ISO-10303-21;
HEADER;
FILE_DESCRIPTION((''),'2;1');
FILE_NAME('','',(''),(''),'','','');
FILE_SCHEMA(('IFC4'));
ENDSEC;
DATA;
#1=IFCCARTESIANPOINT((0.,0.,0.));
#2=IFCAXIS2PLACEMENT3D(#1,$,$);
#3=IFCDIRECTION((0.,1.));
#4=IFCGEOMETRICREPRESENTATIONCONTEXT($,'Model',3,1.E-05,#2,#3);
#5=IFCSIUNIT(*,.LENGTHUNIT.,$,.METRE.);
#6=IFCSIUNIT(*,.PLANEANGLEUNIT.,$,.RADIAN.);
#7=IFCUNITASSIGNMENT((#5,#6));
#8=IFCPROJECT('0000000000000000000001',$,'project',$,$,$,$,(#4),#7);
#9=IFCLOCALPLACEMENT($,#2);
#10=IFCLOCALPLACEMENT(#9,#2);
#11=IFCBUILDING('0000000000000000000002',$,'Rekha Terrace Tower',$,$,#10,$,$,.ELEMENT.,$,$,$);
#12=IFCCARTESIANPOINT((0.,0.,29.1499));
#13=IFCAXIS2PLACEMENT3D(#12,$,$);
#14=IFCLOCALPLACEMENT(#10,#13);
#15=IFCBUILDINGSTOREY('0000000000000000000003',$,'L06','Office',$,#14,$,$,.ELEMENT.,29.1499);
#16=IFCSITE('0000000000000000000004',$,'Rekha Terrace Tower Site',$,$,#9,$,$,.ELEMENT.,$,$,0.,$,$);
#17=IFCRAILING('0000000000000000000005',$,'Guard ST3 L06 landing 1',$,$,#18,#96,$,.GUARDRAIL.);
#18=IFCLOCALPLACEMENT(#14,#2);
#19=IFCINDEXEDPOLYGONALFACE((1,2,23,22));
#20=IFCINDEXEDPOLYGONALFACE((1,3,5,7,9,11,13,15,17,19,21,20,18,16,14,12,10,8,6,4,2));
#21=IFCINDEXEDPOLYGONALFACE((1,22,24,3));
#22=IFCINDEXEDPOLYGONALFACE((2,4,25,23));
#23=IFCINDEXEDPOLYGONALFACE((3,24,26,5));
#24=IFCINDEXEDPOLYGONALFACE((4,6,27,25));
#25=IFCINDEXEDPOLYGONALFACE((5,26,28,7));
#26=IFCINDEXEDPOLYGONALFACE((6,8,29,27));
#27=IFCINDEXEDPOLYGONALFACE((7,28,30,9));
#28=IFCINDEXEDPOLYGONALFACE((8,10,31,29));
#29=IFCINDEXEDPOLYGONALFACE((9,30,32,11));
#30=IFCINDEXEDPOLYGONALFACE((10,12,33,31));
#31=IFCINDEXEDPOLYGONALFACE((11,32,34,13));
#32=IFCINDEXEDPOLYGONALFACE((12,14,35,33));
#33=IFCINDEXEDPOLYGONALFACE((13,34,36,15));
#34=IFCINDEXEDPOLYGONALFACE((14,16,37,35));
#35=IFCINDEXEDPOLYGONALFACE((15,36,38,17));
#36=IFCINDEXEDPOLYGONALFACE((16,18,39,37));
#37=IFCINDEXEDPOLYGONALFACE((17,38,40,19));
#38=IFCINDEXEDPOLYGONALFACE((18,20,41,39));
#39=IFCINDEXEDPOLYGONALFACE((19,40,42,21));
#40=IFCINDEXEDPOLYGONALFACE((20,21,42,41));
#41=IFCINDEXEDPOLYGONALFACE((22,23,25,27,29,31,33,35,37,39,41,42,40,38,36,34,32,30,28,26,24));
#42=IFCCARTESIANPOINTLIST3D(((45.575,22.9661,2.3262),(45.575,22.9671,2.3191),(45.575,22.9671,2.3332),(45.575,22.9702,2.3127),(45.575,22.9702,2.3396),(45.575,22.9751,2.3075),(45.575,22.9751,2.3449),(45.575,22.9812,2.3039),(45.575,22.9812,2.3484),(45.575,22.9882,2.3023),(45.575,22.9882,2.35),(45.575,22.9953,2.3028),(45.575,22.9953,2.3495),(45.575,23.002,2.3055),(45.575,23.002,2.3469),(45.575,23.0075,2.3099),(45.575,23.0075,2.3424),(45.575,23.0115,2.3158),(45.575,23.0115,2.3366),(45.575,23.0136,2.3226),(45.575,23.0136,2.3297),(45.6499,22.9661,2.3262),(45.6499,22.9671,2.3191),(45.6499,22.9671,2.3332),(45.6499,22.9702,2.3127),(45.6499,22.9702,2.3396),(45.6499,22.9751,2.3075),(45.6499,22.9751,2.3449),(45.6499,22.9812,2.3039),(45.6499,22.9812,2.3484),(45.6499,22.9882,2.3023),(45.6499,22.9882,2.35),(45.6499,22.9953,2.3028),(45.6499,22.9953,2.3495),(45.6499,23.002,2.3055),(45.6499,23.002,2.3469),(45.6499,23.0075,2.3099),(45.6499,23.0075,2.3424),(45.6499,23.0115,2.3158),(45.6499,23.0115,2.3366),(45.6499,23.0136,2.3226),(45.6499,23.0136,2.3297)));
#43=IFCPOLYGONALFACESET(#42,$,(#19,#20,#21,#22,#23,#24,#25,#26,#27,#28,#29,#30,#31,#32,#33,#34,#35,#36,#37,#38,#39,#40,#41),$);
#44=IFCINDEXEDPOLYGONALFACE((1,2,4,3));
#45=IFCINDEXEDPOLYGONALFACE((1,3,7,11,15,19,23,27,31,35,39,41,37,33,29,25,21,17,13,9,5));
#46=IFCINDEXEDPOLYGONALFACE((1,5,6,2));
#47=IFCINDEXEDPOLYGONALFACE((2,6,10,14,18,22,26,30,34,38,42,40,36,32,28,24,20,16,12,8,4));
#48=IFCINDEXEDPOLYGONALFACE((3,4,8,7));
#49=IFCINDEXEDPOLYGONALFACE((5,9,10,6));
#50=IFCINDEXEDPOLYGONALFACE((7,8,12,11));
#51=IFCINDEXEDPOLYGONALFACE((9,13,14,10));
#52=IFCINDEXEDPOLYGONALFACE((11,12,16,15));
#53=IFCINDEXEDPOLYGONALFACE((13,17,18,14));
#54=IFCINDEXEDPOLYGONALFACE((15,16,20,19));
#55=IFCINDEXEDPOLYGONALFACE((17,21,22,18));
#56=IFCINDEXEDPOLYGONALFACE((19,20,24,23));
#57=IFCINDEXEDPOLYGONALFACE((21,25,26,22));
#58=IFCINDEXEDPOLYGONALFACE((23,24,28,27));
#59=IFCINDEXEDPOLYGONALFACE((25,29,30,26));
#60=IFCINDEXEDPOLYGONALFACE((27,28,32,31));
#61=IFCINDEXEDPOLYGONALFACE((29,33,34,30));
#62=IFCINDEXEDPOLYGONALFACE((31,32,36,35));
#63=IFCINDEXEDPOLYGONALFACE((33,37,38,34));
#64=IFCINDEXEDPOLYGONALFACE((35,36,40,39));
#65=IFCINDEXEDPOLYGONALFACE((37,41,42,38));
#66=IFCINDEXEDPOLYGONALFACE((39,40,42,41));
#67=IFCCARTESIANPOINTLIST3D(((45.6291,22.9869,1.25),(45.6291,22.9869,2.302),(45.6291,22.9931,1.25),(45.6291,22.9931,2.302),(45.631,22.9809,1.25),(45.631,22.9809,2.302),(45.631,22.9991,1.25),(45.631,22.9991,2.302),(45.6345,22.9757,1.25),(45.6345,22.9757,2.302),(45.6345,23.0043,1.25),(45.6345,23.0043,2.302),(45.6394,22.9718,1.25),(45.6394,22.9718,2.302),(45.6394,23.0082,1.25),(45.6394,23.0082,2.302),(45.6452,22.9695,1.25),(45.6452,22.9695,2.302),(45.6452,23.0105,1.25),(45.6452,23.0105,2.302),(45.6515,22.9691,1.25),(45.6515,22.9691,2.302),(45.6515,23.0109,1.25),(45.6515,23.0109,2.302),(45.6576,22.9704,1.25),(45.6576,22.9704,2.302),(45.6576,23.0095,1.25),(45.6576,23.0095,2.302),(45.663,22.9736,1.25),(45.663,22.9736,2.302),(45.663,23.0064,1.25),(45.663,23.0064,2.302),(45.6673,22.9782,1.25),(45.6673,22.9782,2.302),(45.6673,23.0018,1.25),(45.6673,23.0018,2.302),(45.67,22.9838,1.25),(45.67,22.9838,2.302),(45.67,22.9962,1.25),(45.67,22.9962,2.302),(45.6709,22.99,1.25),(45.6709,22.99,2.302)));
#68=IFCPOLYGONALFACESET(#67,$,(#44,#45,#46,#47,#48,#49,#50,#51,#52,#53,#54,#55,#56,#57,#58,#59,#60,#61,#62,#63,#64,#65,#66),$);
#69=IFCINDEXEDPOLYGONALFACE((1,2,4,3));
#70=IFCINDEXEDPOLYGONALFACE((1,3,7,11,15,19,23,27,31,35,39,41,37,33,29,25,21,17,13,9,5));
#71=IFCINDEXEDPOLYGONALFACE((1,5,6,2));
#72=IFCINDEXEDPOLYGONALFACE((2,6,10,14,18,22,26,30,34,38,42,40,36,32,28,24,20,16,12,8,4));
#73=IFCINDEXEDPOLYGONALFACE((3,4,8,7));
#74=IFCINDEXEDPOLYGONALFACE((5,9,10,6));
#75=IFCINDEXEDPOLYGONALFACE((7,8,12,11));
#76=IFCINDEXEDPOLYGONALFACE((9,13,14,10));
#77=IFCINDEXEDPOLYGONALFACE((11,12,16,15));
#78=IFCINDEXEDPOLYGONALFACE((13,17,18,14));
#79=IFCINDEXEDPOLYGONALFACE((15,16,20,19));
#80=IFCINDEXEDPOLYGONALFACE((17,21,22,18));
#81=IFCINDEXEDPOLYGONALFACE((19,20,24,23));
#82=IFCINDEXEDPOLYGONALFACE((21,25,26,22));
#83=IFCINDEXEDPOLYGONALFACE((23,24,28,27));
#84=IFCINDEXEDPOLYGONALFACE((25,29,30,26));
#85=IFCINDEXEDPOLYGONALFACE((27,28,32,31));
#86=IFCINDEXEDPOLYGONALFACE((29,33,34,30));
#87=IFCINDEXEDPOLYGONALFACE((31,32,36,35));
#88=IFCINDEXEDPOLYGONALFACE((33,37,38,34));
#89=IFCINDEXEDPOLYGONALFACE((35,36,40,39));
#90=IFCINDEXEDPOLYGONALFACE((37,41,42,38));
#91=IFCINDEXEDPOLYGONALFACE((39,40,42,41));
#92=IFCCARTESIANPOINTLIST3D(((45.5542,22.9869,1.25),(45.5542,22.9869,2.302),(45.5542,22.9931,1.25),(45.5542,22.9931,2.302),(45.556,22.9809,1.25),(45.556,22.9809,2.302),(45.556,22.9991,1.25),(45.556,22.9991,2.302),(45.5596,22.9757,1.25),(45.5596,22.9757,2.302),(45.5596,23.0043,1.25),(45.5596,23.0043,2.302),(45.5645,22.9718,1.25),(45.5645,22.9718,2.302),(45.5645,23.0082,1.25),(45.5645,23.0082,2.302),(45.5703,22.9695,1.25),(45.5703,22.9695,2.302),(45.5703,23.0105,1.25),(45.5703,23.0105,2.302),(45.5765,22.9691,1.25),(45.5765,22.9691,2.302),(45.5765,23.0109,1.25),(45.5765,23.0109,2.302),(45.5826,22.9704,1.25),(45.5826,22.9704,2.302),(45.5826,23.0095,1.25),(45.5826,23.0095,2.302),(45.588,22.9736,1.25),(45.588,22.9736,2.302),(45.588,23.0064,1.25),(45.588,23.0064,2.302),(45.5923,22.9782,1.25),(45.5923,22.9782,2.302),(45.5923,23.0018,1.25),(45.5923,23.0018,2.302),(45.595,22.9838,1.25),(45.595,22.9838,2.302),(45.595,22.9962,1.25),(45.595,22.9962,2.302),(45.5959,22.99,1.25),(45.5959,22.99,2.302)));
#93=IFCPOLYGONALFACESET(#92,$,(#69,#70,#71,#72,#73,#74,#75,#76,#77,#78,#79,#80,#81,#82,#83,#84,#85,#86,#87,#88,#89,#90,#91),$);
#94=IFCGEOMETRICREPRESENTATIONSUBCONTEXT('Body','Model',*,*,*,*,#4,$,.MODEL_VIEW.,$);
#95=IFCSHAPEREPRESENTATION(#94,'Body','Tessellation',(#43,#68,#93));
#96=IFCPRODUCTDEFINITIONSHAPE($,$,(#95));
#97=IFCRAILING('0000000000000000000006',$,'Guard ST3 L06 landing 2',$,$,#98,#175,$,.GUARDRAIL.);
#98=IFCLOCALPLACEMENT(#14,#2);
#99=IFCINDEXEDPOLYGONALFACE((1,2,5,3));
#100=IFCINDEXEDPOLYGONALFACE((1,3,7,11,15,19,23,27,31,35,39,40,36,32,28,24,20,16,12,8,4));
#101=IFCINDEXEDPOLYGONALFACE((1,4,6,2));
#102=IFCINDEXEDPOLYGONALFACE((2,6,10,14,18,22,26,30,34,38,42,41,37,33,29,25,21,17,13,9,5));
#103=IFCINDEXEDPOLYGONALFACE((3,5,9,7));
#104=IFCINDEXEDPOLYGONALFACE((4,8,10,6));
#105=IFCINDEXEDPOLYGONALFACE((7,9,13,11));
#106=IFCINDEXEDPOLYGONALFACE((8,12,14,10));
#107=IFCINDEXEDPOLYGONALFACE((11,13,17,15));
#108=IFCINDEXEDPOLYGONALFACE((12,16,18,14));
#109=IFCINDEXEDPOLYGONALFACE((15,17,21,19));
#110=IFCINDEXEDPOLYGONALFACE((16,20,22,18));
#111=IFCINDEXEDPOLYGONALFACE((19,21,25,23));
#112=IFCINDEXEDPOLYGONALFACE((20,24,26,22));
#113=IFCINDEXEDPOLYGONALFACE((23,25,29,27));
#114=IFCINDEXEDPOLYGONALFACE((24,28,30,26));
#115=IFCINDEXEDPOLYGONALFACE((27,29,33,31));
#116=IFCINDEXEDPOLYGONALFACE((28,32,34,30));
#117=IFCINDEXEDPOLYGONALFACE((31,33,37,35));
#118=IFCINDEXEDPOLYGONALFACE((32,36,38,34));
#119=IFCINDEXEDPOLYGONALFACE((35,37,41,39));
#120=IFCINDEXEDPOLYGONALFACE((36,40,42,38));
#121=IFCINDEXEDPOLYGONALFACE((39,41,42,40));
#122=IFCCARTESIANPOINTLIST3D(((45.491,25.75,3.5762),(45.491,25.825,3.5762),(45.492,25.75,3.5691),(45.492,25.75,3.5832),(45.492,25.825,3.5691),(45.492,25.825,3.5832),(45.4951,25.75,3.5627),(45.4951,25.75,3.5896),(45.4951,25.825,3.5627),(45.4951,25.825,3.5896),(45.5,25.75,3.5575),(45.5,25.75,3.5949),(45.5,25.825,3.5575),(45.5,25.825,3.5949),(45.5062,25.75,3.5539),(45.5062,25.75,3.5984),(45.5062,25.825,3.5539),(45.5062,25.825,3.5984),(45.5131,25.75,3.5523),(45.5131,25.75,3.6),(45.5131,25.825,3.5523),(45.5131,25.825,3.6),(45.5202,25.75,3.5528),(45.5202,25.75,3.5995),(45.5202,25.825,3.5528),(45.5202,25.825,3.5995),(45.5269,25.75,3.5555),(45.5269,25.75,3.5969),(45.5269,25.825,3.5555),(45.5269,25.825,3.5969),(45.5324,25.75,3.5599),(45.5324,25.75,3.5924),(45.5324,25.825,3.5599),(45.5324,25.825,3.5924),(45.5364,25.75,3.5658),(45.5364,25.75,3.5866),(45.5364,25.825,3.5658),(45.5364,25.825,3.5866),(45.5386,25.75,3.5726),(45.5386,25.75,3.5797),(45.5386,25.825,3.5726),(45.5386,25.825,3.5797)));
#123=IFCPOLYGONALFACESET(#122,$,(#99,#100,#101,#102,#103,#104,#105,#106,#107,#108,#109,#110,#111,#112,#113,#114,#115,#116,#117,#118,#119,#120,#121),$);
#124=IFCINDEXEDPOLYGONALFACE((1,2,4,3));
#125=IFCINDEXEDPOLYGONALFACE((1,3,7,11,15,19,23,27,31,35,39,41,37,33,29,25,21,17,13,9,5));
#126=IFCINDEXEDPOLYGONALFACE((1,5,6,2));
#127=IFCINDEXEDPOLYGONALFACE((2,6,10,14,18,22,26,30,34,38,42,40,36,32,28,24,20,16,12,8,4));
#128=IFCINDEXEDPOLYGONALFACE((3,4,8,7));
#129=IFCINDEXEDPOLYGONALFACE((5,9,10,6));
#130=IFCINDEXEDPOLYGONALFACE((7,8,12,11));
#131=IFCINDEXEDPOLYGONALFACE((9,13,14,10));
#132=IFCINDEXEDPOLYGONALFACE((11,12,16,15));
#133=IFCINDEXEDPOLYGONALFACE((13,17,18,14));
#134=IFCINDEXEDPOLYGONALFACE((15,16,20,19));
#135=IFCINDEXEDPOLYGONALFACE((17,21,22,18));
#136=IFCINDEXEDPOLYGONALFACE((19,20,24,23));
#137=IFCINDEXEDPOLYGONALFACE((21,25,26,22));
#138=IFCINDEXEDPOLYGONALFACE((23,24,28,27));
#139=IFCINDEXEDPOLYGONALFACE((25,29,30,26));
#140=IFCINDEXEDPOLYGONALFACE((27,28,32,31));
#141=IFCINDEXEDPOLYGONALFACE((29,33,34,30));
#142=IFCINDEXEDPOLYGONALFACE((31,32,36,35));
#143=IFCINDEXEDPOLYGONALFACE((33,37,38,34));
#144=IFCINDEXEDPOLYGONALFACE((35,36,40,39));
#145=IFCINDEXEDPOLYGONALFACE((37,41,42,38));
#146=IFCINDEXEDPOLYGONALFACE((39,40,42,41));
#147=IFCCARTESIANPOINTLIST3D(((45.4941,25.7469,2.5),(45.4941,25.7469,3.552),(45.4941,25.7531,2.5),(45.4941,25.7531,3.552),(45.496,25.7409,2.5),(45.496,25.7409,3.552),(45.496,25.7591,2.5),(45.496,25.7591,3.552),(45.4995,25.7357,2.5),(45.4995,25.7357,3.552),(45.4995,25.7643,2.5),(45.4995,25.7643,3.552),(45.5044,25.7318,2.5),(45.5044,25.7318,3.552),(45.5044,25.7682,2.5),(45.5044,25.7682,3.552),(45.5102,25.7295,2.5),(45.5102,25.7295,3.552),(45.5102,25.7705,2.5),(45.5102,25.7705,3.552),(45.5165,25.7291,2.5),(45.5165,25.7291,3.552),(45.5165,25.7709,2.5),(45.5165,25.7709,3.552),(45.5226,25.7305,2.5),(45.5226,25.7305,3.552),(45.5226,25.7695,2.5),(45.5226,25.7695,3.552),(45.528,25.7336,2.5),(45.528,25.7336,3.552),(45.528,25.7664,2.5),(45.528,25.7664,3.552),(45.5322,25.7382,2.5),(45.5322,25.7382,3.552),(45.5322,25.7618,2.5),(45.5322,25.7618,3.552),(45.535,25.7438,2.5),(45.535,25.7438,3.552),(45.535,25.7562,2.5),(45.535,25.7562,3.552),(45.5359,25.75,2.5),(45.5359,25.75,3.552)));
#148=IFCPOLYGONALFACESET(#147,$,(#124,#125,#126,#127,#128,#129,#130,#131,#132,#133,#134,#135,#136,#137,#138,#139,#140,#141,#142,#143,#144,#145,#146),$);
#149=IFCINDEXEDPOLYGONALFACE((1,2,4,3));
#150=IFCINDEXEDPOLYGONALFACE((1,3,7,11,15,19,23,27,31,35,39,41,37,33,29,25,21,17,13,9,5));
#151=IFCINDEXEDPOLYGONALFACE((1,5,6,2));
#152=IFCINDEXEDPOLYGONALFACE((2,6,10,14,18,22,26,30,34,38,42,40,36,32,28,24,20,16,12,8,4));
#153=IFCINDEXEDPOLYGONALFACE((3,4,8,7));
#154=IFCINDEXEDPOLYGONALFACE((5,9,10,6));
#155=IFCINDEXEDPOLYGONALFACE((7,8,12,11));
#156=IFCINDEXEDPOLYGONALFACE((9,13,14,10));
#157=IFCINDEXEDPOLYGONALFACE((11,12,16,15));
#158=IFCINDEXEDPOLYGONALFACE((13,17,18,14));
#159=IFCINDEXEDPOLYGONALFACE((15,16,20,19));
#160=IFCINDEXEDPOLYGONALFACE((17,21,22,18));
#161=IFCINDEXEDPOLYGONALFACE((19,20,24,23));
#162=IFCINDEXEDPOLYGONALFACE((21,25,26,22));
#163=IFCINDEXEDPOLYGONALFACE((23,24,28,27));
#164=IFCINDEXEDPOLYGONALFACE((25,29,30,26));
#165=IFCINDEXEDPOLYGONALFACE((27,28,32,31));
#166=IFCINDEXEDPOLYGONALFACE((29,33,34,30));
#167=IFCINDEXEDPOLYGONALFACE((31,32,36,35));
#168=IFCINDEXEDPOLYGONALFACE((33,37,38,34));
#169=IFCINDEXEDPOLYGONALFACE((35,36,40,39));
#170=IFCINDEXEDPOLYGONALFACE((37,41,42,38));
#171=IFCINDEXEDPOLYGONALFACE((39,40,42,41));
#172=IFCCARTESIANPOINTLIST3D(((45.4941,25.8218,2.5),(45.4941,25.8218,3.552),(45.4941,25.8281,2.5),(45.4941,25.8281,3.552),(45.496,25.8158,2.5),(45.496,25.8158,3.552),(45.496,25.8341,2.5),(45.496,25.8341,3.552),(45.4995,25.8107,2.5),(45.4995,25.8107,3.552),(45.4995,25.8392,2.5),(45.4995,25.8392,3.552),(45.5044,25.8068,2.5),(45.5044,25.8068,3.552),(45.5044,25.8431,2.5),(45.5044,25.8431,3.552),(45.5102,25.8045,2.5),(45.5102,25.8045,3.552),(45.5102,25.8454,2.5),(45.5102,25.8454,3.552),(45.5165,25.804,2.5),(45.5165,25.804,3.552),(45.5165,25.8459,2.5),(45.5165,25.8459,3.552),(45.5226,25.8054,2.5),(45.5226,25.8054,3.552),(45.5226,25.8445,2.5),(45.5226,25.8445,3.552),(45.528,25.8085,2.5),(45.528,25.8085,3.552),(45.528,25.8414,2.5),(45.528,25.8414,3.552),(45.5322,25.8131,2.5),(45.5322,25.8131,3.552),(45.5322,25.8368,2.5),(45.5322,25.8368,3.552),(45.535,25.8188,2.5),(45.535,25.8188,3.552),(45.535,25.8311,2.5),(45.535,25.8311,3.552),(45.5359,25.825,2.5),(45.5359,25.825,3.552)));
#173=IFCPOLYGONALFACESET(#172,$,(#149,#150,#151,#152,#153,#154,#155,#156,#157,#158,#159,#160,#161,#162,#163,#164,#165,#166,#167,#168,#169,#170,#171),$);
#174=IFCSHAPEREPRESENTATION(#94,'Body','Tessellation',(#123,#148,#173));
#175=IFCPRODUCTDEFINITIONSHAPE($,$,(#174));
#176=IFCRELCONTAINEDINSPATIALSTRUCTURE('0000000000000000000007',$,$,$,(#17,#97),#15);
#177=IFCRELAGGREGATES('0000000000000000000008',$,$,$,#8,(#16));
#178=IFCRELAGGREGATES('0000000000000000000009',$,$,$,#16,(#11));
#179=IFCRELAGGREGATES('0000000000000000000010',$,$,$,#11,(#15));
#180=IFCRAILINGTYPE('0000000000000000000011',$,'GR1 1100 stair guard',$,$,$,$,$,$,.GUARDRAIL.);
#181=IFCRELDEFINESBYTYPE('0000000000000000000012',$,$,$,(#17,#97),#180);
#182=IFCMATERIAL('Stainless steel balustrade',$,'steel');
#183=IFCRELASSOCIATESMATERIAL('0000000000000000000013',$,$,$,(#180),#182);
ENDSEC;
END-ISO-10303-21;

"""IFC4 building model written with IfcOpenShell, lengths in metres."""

from ifc_helpers import new_model, si_unit, direction, frame, origin, origin_2d, place, context, subcontext, project, spatial, circle, extrude, material, type_object, element, save


model = new_model("IFC4")

# Units and contexts
model_context = context("Model", 3, precision=1e-05, world=origin(), true_north=direction((0.0, 1.0)))
body_context = subcontext(model_context, "Body", "Model", "MODEL_VIEW")
ifc_project = project(units=[si_unit("LENGTHUNIT", "METRE"), si_unit("PLANEANGLEUNIT", "RADIAN")], contexts=[model_context])

# Site, building, storey
site_placement = place(None, origin())
site = spatial("IfcSite", under=ifc_project, at=site_placement, Name="Rekha Terrace Tower Site", CompositionType="ELEMENT", RefElevation=0.0)
building_placement = place(site_placement, origin())
building = spatial("IfcBuilding", under=site, at=building_placement, Name="Rekha Terrace Tower", CompositionType="ELEMENT")
storey_placement = place(building_placement, frame((0.0, 0.0, 29.1499)))
storey = spatial("IfcBuildingStorey", under=building, at=storey_placement, Name="L06", Description="Office", CompositionType="ELEMENT", Elevation=29.1499)

# Railings
ifc_material_1 = material(Name="Stainless steel balustrade", Category="steel")
railing_type_1 = type_object("IfcRailingType", Name="GR1 1100 stair guard", PredefinedType="GUARDRAIL", material=ifc_material_1)
railing_1_placement = place(storey_placement, frame((45.6499, 22.99, 1.25)))
element("IfcRailing", 1, at=railing_1_placement, inside=storey, type_object=railing_type_1, Name="Guard ST3 L06 landing 1", PredefinedType="GUARDRAIL", context=body_context, shape_type="SweptSolid", body=[
    extrude(circle(Radius=0.0239, at=origin_2d()), frame((0.0, 0.0, 1.0762), z_axis=(-1.0, 0.0, 0.0), x_axis=(0.0, -1.0, 0.0)), (0.0, 0.0, 1.0), 0.075),
    extrude(circle(Radius=0.021, at=origin_2d()), origin(), (0.0, 0.0, 1.0), 1.052),
    extrude(circle(Radius=0.021, at=origin_2d()), frame((-0.075, 0.0, 0.0)), (0.0, 0.0, 1.0), 1.052),
])
railing_2_placement = place(storey_placement, frame((45.5149, 25.75, 2.5)))
element("IfcRailing", 2, at=railing_2_placement, inside=storey, type_object=railing_type_1, Name="Guard ST3 L06 landing 2", PredefinedType="GUARDRAIL", context=body_context, shape_type="SweptSolid", body=[
    extrude(circle(Radius=0.0239, at=origin_2d()), frame((0.0, 0.0, 1.0762), z_axis=(0.0, 1.0, 0.0), x_axis=(-1.0, 0.0, 0.0)), (0.0, 0.0, 1.0), 0.075),
    extrude(circle(Radius=0.021, at=origin_2d()), origin(), (0.0, 0.0, 1.0), 1.052),
    extrude(circle(Radius=0.021, at=origin_2d()), frame((0.0, 0.075, 0.0)), (0.0, 0.0, 1.0), 1.052),
])

save(model, "model.ifc")
